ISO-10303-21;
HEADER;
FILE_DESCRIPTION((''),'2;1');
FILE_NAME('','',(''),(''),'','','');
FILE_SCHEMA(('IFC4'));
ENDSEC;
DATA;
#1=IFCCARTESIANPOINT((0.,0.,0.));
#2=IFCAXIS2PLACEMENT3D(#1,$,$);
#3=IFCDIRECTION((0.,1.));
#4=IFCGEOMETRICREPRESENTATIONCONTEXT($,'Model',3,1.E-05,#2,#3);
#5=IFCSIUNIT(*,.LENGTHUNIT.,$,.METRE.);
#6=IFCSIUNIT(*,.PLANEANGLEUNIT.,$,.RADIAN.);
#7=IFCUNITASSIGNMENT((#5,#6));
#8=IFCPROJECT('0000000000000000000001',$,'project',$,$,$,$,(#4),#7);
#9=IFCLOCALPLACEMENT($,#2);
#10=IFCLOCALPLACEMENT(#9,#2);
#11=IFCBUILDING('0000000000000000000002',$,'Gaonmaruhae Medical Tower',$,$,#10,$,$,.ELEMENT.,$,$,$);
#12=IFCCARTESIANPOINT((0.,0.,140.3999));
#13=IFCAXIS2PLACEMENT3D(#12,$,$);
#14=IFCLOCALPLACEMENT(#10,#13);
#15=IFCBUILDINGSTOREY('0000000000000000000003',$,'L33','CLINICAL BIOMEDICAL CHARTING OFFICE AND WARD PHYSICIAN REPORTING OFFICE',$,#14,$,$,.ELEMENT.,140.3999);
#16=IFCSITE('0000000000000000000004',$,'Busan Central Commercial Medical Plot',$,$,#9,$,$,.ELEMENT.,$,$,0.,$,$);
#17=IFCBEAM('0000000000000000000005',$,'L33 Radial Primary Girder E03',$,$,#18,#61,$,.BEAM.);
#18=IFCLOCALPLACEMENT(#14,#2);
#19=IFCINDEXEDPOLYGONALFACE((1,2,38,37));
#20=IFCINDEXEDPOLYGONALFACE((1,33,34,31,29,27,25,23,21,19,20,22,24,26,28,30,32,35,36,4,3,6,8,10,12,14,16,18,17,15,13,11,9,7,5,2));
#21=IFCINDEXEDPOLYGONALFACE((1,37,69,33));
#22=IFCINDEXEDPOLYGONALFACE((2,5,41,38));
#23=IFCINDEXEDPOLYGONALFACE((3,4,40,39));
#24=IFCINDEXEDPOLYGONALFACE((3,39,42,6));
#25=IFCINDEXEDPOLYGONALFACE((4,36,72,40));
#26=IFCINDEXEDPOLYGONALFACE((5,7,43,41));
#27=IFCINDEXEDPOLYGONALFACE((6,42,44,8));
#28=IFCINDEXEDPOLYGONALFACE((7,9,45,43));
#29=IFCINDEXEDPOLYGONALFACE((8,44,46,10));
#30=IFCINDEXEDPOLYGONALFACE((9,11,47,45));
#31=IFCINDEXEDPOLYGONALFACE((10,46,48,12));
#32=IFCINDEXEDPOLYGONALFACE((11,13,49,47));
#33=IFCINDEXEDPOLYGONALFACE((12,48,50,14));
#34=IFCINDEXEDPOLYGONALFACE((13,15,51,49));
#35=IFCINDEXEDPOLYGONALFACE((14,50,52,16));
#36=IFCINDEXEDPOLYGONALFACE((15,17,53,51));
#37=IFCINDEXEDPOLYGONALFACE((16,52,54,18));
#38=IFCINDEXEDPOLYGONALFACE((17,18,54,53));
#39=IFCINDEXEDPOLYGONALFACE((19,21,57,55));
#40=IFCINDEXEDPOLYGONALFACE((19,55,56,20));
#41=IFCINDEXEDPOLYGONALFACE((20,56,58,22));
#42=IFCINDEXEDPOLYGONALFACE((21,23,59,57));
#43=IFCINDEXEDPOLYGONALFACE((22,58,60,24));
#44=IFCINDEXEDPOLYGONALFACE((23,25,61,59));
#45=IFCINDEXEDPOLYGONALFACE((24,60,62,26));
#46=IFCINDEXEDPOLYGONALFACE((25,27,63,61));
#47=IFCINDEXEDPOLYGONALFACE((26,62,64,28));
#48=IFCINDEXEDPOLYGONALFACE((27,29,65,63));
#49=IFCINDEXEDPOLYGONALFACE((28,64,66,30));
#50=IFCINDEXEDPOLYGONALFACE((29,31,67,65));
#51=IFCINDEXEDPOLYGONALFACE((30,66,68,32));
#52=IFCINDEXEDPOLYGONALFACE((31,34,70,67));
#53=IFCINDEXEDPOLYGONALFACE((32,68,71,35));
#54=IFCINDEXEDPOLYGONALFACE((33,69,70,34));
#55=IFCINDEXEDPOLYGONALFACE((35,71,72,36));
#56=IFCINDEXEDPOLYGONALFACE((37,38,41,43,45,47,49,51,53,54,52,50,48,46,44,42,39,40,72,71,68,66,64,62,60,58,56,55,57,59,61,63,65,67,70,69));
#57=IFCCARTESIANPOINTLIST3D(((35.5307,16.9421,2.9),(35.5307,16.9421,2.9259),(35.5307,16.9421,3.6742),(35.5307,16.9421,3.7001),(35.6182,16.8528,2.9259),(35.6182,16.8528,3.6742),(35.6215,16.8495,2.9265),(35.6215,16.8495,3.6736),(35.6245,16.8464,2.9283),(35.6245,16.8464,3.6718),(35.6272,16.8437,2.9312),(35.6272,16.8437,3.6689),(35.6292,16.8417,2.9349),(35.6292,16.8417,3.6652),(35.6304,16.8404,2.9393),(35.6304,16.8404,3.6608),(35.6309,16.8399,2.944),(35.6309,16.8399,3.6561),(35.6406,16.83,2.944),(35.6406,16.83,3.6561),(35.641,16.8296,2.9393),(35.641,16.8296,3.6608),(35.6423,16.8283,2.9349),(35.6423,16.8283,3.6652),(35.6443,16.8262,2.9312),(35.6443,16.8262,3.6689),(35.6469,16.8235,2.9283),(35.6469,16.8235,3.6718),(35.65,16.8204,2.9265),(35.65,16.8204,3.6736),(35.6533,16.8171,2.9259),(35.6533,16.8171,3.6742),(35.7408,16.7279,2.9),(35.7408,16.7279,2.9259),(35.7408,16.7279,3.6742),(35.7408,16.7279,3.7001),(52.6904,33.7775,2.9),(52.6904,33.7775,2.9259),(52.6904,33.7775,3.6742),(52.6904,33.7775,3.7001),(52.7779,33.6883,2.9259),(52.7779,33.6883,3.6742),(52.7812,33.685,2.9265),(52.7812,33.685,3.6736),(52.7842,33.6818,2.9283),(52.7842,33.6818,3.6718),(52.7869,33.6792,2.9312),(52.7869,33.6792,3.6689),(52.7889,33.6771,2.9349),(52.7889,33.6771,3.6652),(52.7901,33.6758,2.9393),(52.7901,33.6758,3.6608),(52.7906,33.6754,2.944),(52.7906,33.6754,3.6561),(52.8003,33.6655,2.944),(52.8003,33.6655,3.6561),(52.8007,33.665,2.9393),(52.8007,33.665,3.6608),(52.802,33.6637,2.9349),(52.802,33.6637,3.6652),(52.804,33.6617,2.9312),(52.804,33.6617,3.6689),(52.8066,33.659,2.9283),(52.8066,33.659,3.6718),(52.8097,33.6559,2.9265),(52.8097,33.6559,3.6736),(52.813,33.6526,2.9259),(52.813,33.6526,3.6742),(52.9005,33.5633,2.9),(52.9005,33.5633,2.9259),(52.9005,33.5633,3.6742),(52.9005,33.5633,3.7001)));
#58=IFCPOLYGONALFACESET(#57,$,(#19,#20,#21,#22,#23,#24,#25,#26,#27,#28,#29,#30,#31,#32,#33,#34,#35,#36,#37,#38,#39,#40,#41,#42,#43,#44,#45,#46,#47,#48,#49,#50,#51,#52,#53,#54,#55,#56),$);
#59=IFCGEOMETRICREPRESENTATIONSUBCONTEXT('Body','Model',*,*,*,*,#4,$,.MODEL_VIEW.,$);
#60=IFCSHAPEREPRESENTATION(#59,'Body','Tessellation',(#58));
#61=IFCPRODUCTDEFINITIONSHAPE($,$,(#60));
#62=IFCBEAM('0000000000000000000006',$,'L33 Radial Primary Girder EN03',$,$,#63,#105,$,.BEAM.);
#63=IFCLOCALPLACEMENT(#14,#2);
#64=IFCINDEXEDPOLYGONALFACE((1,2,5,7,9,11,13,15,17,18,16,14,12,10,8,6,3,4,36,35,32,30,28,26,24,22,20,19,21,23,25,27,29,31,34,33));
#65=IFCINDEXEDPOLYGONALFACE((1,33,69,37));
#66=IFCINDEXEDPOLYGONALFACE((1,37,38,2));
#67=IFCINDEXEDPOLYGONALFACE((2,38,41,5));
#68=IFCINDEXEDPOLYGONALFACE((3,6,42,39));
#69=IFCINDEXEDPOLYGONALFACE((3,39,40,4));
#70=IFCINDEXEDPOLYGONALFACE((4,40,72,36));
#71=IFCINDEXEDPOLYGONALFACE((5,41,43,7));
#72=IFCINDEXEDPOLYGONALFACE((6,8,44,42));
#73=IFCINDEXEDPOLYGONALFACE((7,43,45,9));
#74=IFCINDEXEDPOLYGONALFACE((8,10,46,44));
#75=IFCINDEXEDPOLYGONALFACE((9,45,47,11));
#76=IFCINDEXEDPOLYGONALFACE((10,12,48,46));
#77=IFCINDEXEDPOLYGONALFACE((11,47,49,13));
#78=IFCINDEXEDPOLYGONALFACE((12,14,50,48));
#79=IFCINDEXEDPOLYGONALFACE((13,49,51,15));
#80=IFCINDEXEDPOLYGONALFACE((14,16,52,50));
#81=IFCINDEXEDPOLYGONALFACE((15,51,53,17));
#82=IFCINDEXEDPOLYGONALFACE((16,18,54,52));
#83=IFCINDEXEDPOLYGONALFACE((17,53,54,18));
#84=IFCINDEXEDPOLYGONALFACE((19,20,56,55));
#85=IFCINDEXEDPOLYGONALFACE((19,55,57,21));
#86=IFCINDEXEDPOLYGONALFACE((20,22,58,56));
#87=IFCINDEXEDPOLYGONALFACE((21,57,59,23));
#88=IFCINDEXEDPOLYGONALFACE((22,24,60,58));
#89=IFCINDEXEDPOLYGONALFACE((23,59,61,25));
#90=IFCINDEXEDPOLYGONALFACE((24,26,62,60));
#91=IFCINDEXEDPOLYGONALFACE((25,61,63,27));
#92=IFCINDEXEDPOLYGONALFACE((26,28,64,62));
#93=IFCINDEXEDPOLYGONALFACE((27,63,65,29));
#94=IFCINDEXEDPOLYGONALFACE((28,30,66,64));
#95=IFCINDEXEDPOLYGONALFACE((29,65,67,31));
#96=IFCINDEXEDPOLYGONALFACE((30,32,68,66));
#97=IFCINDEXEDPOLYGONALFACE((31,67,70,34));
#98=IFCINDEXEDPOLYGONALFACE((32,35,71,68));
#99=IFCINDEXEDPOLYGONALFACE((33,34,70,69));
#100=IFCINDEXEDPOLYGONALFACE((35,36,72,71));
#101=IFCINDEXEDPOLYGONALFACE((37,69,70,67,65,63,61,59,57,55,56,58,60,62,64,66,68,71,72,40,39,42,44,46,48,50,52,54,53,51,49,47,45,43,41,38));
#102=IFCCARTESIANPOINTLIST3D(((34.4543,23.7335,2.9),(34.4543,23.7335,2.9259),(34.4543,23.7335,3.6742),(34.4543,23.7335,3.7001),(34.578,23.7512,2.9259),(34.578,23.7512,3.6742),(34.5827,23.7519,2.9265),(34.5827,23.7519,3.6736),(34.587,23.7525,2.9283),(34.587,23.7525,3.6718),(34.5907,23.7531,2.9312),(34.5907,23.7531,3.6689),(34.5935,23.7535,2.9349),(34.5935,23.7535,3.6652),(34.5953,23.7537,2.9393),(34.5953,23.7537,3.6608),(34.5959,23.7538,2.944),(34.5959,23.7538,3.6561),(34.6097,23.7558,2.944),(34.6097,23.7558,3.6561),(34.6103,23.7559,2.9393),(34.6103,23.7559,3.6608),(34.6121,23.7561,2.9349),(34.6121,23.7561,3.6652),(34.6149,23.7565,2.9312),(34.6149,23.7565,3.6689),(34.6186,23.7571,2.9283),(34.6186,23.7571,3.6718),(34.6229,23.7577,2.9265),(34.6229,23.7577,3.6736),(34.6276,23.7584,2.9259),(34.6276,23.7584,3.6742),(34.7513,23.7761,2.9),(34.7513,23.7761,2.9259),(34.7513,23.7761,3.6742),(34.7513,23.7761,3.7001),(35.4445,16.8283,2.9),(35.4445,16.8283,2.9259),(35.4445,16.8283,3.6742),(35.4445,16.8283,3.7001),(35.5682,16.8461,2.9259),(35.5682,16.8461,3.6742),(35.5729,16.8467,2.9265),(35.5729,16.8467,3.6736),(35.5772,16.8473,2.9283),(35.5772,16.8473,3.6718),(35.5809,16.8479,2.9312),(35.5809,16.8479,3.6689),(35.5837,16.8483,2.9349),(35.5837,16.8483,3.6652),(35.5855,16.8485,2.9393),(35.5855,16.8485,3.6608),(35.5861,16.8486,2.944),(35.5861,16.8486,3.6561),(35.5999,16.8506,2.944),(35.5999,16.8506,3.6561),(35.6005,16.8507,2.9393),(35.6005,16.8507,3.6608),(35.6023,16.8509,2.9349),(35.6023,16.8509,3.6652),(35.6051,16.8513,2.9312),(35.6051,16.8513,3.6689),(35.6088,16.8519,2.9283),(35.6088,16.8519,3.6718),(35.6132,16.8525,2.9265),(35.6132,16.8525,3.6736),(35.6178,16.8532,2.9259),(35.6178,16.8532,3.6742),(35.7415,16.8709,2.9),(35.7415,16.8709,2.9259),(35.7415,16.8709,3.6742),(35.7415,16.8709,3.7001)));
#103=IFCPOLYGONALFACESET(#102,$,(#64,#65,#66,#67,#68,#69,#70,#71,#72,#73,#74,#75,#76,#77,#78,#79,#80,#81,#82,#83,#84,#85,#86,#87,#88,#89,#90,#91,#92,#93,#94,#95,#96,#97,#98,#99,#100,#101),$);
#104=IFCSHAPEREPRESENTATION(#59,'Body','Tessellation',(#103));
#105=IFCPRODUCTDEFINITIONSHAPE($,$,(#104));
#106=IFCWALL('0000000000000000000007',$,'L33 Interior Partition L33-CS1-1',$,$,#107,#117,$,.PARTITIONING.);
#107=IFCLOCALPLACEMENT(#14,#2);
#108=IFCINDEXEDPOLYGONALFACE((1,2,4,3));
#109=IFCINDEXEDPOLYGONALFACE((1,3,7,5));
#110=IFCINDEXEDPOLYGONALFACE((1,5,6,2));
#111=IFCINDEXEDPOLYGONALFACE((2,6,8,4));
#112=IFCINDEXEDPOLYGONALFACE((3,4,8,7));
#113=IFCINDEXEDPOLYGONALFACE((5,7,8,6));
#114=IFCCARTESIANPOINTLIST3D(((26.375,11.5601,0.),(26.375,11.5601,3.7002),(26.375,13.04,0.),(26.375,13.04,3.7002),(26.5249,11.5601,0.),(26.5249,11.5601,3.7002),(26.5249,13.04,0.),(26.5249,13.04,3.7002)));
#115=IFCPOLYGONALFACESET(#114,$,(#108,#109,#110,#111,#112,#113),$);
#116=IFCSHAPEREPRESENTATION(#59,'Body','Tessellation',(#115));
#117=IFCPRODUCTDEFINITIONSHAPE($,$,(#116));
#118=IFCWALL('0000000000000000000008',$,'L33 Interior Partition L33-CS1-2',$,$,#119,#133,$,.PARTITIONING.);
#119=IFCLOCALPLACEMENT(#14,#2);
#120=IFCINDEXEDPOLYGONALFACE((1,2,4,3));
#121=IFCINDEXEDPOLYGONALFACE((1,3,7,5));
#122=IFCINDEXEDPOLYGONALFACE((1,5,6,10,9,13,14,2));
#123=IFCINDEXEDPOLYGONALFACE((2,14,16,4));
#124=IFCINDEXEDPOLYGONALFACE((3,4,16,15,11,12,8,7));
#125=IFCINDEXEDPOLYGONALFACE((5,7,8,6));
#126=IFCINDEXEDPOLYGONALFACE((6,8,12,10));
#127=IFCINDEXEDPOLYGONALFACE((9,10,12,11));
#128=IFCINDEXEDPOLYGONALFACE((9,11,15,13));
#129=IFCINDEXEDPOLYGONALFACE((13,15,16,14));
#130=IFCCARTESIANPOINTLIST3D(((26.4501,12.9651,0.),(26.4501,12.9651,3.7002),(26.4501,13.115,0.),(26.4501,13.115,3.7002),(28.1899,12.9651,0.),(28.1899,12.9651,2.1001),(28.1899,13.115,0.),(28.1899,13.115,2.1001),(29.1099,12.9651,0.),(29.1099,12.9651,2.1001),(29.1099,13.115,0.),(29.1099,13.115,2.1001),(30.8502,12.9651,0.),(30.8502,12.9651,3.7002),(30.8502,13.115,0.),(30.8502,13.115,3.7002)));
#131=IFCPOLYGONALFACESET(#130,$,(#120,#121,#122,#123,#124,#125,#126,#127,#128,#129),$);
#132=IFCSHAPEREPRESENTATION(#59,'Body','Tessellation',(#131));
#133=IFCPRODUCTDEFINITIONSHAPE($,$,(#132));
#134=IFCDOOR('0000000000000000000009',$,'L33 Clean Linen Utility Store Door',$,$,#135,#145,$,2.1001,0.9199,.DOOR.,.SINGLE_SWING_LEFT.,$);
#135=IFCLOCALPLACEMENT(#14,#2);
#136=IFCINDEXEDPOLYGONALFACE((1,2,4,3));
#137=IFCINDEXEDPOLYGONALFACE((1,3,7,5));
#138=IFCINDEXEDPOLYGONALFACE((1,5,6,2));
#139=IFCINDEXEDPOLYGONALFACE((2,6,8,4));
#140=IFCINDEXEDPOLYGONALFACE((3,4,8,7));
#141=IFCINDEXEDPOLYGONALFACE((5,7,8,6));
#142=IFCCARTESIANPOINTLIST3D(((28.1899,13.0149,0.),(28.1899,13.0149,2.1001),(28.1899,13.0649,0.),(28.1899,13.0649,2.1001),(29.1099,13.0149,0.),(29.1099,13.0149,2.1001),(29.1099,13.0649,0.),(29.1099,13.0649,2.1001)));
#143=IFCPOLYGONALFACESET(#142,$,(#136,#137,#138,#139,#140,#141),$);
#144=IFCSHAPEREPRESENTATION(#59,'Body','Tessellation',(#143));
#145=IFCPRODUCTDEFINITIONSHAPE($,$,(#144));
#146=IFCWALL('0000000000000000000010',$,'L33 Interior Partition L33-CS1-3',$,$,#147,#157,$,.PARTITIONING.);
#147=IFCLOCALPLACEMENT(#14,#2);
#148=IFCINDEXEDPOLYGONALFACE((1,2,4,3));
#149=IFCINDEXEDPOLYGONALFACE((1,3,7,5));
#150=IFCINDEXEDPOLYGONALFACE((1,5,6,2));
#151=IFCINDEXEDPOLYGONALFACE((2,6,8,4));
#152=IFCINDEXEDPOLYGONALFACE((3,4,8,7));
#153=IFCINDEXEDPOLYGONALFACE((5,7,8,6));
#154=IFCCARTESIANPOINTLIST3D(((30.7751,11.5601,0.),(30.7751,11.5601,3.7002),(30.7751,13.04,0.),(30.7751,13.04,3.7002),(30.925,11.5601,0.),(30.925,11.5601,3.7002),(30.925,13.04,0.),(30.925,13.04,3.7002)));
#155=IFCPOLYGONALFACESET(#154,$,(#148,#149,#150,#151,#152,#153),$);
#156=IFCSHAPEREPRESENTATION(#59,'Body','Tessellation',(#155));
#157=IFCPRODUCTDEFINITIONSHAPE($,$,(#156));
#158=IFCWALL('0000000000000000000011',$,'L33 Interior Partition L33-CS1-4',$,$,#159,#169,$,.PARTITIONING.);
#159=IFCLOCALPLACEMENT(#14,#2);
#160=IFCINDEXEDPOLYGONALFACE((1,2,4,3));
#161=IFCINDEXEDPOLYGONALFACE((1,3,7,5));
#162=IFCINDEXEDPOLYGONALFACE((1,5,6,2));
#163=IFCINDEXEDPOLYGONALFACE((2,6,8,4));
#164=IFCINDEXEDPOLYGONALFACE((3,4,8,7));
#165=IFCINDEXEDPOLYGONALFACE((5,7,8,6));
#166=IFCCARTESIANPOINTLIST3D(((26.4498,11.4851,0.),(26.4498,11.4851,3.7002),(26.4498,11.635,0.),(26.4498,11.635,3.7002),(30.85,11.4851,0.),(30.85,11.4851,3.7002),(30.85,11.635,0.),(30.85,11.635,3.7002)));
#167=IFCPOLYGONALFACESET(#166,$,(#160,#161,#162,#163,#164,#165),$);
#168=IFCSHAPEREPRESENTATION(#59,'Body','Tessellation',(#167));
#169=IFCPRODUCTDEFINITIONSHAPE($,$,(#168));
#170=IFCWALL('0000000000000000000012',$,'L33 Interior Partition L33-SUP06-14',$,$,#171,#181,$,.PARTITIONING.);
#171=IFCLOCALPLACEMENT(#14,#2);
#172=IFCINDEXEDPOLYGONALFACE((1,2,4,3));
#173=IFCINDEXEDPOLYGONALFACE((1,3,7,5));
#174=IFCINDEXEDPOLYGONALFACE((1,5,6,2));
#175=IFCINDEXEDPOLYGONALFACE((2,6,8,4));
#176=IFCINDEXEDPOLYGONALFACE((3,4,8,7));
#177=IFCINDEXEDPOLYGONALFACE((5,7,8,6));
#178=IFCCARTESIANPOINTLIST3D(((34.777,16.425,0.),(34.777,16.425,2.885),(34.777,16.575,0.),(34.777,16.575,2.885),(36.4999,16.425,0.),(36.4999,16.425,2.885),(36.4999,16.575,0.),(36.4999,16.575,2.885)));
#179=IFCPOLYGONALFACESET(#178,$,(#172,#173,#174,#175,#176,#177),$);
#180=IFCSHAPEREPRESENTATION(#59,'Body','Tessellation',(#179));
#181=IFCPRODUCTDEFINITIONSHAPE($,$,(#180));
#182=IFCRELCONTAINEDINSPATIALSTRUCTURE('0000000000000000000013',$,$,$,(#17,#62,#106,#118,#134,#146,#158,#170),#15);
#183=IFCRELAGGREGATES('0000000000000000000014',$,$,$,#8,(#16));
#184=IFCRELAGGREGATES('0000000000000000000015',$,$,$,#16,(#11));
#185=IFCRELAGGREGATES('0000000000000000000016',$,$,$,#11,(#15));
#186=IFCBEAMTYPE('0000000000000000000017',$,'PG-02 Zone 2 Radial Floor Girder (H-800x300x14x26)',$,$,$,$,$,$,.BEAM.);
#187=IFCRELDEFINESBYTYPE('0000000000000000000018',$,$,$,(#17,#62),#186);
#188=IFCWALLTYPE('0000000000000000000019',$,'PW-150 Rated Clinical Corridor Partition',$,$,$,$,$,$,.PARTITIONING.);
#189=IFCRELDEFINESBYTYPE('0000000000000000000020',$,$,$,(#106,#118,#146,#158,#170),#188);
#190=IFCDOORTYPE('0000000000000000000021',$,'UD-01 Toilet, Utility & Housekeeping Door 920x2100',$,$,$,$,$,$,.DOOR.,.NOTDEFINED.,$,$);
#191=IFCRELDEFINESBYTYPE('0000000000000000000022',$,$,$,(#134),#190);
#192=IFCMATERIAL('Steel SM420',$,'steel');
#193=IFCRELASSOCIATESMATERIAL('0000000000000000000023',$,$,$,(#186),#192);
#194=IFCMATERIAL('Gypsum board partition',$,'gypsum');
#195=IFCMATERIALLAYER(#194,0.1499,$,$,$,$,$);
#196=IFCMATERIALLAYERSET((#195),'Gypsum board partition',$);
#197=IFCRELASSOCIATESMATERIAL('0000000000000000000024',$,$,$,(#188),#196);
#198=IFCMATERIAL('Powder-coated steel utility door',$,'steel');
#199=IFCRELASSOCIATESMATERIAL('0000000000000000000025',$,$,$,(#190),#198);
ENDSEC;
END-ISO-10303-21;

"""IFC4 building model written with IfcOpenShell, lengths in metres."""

from ifc_helpers import new_model, si_unit, direction, frame, frame_2d, origin, origin_2d, place, context, subcontext, project, spatial, rectangle, i_section, extrude, material, layer, layer_set, material_profile, profile_set, type_object, element, fill, save


model = new_model("IFC4")

# Units and contexts
model_context = context("Model", 3, precision=1e-05, world=origin(), true_north=direction((0.0, 1.0)))
body_context = subcontext(model_context, "Body", "Model", "MODEL_VIEW")
ifc_project = project(units=[si_unit("LENGTHUNIT", "METRE"), si_unit("PLANEANGLEUNIT", "RADIAN")], contexts=[model_context])

# Site, building, storey
site_placement = place(None, origin())
site = spatial("IfcSite", under=ifc_project, at=site_placement, Name="Busan Central Commercial Medical Plot", CompositionType="ELEMENT", RefElevation=0.0)
building_placement = place(site_placement, origin())
building = spatial("IfcBuilding", under=site, at=building_placement, Name="Gaonmaruhae Medical Tower", CompositionType="ELEMENT")
storey_placement = place(building_placement, frame((0.0, 0.0, 140.3999)))
storey = spatial("IfcBuildingStorey", under=building, at=storey_placement, Name="L33", Description="CLINICAL BIOMEDICAL CHARTING OFFICE AND WARD PHYSICIAN REPORTING OFFICE", CompositionType="ELEMENT", Elevation=140.3999)

# Beams
ifc_material_1 = material(Name="Steel SM420", Category="steel")
ifc_material_profile_1 = material_profile(ifc_material_1, i_section(OverallWidth=0.3, OverallDepth=0.8, WebThickness=0.0139, FlangeThickness=0.0259, FilletRadius=0.0181, at=origin_2d()), Name="H-800x300x14x26")
ifc_profile_set_1 = profile_set([ifc_material_profile_1], Name="Steel SM420")
beam_type = type_object("IfcBeamType", Name="PG-02 Zone 2 Radial Floor Girder (H-800x300x14x26)", PredefinedType="BEAM", material=ifc_profile_set_1)
beam_1_placement = place(storey_placement, frame((35.6357, 16.835, 3.3), z_axis=(0.713818, 0.700331, 0.0), x_axis=(-0.700331, 0.713818, 0.0)))
element("IfcBeam", 1, at=beam_1_placement, inside=storey, type_object=beam_type, Name="L33 Radial Primary Girder E03", PredefinedType="BEAM", context=body_context, shape_type="SweptSolid", body=[
    extrude(i_section(OverallWidth=0.3, OverallDepth=0.8, WebThickness=0.0139, FlangeThickness=0.0259, FilletRadius=0.0181, at=origin_2d()), origin(), (0.0, 0.0, 1.0), 24.0393),
])
beam_2_placement = place(storey_placement, frame((35.593, 16.8496, 3.3), z_axis=(-0.141951, 0.989874, 0.0), x_axis=(-0.989874, -0.141951, 0.0)))
element("IfcBeam", 2, at=beam_2_placement, inside=storey, type_object=beam_type, Name="L33 Radial Primary Girder EN03", PredefinedType="BEAM", context=body_context, shape_type="SweptSolid", body=[
    extrude(i_section(OverallWidth=0.3, OverallDepth=0.8, WebThickness=0.0139, FlangeThickness=0.0259, FilletRadius=0.0181, at=origin_2d()), origin(), (0.0, 0.0, 1.0), 6.9758),
])

# Wall
ifc_material_2 = material(Name="Gypsum board partition", Category="gypsum")
ifc_layer_1 = layer(ifc_material_2, 0.1499)
ifc_layer_set_1 = layer_set([ifc_layer_1], Name="Gypsum board partition")
wall_type_1 = type_object("IfcWallType", Name="PW-150 Rated Clinical Corridor Partition", PredefinedType="PARTITIONING", material=ifc_layer_set_1)
wall_1_placement = place(storey_placement, frame((26.45, 11.5601, 0.0), z_axis=(0.0, 0.0, 1.0), x_axis=(0.0, 1.0, 0.0)))
element("IfcWall", 3, at=wall_1_placement, inside=storey, type_object=wall_type_1, Name="L33 Interior Partition L33-CS1-1", PredefinedType="PARTITIONING", context=body_context, shape_type="SweptSolid", body=[
    extrude(rectangle(XDim=1.48, YDim=0.1499, at=frame_2d((0.74, 0.0))), origin(), (0.0, 0.0, 1.0), 3.7002),
])

# Wall, opening, door
wall_2_placement = place(storey_placement, frame((26.45, 13.04, 0.0), z_axis=(0.0, 0.0, 1.0), x_axis=(1.0, 0.0, 0.0)))
wall_2 = element("IfcWall", 4, at=wall_2_placement, inside=storey, type_object=wall_type_1, Name="L33 Interior Partition L33-CS1-2", PredefinedType="PARTITIONING", context=body_context, shape_type="SweptSolid", body=[
    extrude(rectangle(XDim=4.4001, YDim=0.1499, at=frame_2d((2.2002, 0.0))), origin(), (0.0, 0.0, 1.0), 3.7002),
])
opening_1_placement = place(wall_2_placement, frame((1.74, 0.0, 0.0)))
opening_1 = element("IfcOpeningElement", 5, at=opening_1_placement, cuts=wall_2, PredefinedType="OPENING", context=body_context, shape_type="SweptSolid", body=[
    extrude(rectangle(XDim=0.9199, YDim=2.1001, at=frame_2d((0.46, 1.05))), frame((0.0, 0.085, 0.0), z_axis=(0.0, -1.0, 0.0), x_axis=(1.0, 0.0, 0.0)), (0.0, 0.0, 1.0), 0.1699),
])
ifc_material_3 = material(Name="Powder-coated steel utility door", Category="steel")
door_type_1 = type_object("IfcDoorType", Name="UD-01 Toilet, Utility & Housekeeping Door 920x2100", OperationType="NOTDEFINED", PredefinedType="DOOR", material=ifc_material_3)
door_1_placement = place(opening_1_placement, origin())
door_1 = element("IfcDoor", 6, at=door_1_placement, inside=storey, type_object=door_type_1, Name="L33 Clean Linen Utility Store Door", OperationType="SINGLE_SWING_LEFT", OverallHeight=2.1001, OverallWidth=0.9199, PredefinedType="DOOR", context=body_context, shape_type="SweptSolid", body=[
    extrude(rectangle(XDim=0.9199, YDim=2.1001, at=frame_2d((0.46, 1.05))), frame((0.0, 0.0249, 0.0), z_axis=(0.0, -1.0, 0.0), x_axis=(1.0, 0.0, 0.0)), (0.0, 0.0, 1.0), 0.05),
])
fill(opening_1, door_1)

# Walls
wall_3_placement = place(storey_placement, frame((30.8501, 13.04, 0.0), z_axis=(0.0, 0.0, 1.0), x_axis=(0.0, -1.0, 0.0)))
element("IfcWall", 7, at=wall_3_placement, inside=storey, type_object=wall_type_1, Name="L33 Interior Partition L33-CS1-3", PredefinedType="PARTITIONING", context=body_context, shape_type="SweptSolid", body=[
    extrude(rectangle(XDim=1.48, YDim=0.1499, at=frame_2d((0.74, 0.0))), origin(), (0.0, 0.0, 1.0), 3.7002),
])
wall_4_placement = place(storey_placement, frame((30.8501, 11.5601, 0.0), z_axis=(0.0, 0.0, 1.0), x_axis=(-1.0, 0.0, 0.0)))
element("IfcWall", 8, at=wall_4_placement, inside=storey, type_object=wall_type_1, Name="L33 Interior Partition L33-CS1-4", PredefinedType="PARTITIONING", context=body_context, shape_type="SweptSolid", body=[
    extrude(rectangle(XDim=4.4001, YDim=0.1499, at=frame_2d((2.2002, 0.0))), origin(), (0.0, 0.0, 1.0), 3.7002),
])
wall_5_placement = place(storey_placement, frame((34.7771, 16.5, 0.0), z_axis=(0.0, 0.0, 1.0), x_axis=(1.0, 0.0, 0.0)))
element("IfcWall", 9, at=wall_5_placement, inside=storey, type_object=wall_type_1, Name="L33 Interior Partition L33-SUP06-14", PredefinedType="PARTITIONING", context=body_context, shape_type="SweptSolid", body=[
    extrude(rectangle(XDim=1.7229, YDim=0.1499, at=frame_2d((0.8613, 0.0))), origin(), (0.0, 0.0, 1.0), 2.885),
])

save(model, "model.ifc")
